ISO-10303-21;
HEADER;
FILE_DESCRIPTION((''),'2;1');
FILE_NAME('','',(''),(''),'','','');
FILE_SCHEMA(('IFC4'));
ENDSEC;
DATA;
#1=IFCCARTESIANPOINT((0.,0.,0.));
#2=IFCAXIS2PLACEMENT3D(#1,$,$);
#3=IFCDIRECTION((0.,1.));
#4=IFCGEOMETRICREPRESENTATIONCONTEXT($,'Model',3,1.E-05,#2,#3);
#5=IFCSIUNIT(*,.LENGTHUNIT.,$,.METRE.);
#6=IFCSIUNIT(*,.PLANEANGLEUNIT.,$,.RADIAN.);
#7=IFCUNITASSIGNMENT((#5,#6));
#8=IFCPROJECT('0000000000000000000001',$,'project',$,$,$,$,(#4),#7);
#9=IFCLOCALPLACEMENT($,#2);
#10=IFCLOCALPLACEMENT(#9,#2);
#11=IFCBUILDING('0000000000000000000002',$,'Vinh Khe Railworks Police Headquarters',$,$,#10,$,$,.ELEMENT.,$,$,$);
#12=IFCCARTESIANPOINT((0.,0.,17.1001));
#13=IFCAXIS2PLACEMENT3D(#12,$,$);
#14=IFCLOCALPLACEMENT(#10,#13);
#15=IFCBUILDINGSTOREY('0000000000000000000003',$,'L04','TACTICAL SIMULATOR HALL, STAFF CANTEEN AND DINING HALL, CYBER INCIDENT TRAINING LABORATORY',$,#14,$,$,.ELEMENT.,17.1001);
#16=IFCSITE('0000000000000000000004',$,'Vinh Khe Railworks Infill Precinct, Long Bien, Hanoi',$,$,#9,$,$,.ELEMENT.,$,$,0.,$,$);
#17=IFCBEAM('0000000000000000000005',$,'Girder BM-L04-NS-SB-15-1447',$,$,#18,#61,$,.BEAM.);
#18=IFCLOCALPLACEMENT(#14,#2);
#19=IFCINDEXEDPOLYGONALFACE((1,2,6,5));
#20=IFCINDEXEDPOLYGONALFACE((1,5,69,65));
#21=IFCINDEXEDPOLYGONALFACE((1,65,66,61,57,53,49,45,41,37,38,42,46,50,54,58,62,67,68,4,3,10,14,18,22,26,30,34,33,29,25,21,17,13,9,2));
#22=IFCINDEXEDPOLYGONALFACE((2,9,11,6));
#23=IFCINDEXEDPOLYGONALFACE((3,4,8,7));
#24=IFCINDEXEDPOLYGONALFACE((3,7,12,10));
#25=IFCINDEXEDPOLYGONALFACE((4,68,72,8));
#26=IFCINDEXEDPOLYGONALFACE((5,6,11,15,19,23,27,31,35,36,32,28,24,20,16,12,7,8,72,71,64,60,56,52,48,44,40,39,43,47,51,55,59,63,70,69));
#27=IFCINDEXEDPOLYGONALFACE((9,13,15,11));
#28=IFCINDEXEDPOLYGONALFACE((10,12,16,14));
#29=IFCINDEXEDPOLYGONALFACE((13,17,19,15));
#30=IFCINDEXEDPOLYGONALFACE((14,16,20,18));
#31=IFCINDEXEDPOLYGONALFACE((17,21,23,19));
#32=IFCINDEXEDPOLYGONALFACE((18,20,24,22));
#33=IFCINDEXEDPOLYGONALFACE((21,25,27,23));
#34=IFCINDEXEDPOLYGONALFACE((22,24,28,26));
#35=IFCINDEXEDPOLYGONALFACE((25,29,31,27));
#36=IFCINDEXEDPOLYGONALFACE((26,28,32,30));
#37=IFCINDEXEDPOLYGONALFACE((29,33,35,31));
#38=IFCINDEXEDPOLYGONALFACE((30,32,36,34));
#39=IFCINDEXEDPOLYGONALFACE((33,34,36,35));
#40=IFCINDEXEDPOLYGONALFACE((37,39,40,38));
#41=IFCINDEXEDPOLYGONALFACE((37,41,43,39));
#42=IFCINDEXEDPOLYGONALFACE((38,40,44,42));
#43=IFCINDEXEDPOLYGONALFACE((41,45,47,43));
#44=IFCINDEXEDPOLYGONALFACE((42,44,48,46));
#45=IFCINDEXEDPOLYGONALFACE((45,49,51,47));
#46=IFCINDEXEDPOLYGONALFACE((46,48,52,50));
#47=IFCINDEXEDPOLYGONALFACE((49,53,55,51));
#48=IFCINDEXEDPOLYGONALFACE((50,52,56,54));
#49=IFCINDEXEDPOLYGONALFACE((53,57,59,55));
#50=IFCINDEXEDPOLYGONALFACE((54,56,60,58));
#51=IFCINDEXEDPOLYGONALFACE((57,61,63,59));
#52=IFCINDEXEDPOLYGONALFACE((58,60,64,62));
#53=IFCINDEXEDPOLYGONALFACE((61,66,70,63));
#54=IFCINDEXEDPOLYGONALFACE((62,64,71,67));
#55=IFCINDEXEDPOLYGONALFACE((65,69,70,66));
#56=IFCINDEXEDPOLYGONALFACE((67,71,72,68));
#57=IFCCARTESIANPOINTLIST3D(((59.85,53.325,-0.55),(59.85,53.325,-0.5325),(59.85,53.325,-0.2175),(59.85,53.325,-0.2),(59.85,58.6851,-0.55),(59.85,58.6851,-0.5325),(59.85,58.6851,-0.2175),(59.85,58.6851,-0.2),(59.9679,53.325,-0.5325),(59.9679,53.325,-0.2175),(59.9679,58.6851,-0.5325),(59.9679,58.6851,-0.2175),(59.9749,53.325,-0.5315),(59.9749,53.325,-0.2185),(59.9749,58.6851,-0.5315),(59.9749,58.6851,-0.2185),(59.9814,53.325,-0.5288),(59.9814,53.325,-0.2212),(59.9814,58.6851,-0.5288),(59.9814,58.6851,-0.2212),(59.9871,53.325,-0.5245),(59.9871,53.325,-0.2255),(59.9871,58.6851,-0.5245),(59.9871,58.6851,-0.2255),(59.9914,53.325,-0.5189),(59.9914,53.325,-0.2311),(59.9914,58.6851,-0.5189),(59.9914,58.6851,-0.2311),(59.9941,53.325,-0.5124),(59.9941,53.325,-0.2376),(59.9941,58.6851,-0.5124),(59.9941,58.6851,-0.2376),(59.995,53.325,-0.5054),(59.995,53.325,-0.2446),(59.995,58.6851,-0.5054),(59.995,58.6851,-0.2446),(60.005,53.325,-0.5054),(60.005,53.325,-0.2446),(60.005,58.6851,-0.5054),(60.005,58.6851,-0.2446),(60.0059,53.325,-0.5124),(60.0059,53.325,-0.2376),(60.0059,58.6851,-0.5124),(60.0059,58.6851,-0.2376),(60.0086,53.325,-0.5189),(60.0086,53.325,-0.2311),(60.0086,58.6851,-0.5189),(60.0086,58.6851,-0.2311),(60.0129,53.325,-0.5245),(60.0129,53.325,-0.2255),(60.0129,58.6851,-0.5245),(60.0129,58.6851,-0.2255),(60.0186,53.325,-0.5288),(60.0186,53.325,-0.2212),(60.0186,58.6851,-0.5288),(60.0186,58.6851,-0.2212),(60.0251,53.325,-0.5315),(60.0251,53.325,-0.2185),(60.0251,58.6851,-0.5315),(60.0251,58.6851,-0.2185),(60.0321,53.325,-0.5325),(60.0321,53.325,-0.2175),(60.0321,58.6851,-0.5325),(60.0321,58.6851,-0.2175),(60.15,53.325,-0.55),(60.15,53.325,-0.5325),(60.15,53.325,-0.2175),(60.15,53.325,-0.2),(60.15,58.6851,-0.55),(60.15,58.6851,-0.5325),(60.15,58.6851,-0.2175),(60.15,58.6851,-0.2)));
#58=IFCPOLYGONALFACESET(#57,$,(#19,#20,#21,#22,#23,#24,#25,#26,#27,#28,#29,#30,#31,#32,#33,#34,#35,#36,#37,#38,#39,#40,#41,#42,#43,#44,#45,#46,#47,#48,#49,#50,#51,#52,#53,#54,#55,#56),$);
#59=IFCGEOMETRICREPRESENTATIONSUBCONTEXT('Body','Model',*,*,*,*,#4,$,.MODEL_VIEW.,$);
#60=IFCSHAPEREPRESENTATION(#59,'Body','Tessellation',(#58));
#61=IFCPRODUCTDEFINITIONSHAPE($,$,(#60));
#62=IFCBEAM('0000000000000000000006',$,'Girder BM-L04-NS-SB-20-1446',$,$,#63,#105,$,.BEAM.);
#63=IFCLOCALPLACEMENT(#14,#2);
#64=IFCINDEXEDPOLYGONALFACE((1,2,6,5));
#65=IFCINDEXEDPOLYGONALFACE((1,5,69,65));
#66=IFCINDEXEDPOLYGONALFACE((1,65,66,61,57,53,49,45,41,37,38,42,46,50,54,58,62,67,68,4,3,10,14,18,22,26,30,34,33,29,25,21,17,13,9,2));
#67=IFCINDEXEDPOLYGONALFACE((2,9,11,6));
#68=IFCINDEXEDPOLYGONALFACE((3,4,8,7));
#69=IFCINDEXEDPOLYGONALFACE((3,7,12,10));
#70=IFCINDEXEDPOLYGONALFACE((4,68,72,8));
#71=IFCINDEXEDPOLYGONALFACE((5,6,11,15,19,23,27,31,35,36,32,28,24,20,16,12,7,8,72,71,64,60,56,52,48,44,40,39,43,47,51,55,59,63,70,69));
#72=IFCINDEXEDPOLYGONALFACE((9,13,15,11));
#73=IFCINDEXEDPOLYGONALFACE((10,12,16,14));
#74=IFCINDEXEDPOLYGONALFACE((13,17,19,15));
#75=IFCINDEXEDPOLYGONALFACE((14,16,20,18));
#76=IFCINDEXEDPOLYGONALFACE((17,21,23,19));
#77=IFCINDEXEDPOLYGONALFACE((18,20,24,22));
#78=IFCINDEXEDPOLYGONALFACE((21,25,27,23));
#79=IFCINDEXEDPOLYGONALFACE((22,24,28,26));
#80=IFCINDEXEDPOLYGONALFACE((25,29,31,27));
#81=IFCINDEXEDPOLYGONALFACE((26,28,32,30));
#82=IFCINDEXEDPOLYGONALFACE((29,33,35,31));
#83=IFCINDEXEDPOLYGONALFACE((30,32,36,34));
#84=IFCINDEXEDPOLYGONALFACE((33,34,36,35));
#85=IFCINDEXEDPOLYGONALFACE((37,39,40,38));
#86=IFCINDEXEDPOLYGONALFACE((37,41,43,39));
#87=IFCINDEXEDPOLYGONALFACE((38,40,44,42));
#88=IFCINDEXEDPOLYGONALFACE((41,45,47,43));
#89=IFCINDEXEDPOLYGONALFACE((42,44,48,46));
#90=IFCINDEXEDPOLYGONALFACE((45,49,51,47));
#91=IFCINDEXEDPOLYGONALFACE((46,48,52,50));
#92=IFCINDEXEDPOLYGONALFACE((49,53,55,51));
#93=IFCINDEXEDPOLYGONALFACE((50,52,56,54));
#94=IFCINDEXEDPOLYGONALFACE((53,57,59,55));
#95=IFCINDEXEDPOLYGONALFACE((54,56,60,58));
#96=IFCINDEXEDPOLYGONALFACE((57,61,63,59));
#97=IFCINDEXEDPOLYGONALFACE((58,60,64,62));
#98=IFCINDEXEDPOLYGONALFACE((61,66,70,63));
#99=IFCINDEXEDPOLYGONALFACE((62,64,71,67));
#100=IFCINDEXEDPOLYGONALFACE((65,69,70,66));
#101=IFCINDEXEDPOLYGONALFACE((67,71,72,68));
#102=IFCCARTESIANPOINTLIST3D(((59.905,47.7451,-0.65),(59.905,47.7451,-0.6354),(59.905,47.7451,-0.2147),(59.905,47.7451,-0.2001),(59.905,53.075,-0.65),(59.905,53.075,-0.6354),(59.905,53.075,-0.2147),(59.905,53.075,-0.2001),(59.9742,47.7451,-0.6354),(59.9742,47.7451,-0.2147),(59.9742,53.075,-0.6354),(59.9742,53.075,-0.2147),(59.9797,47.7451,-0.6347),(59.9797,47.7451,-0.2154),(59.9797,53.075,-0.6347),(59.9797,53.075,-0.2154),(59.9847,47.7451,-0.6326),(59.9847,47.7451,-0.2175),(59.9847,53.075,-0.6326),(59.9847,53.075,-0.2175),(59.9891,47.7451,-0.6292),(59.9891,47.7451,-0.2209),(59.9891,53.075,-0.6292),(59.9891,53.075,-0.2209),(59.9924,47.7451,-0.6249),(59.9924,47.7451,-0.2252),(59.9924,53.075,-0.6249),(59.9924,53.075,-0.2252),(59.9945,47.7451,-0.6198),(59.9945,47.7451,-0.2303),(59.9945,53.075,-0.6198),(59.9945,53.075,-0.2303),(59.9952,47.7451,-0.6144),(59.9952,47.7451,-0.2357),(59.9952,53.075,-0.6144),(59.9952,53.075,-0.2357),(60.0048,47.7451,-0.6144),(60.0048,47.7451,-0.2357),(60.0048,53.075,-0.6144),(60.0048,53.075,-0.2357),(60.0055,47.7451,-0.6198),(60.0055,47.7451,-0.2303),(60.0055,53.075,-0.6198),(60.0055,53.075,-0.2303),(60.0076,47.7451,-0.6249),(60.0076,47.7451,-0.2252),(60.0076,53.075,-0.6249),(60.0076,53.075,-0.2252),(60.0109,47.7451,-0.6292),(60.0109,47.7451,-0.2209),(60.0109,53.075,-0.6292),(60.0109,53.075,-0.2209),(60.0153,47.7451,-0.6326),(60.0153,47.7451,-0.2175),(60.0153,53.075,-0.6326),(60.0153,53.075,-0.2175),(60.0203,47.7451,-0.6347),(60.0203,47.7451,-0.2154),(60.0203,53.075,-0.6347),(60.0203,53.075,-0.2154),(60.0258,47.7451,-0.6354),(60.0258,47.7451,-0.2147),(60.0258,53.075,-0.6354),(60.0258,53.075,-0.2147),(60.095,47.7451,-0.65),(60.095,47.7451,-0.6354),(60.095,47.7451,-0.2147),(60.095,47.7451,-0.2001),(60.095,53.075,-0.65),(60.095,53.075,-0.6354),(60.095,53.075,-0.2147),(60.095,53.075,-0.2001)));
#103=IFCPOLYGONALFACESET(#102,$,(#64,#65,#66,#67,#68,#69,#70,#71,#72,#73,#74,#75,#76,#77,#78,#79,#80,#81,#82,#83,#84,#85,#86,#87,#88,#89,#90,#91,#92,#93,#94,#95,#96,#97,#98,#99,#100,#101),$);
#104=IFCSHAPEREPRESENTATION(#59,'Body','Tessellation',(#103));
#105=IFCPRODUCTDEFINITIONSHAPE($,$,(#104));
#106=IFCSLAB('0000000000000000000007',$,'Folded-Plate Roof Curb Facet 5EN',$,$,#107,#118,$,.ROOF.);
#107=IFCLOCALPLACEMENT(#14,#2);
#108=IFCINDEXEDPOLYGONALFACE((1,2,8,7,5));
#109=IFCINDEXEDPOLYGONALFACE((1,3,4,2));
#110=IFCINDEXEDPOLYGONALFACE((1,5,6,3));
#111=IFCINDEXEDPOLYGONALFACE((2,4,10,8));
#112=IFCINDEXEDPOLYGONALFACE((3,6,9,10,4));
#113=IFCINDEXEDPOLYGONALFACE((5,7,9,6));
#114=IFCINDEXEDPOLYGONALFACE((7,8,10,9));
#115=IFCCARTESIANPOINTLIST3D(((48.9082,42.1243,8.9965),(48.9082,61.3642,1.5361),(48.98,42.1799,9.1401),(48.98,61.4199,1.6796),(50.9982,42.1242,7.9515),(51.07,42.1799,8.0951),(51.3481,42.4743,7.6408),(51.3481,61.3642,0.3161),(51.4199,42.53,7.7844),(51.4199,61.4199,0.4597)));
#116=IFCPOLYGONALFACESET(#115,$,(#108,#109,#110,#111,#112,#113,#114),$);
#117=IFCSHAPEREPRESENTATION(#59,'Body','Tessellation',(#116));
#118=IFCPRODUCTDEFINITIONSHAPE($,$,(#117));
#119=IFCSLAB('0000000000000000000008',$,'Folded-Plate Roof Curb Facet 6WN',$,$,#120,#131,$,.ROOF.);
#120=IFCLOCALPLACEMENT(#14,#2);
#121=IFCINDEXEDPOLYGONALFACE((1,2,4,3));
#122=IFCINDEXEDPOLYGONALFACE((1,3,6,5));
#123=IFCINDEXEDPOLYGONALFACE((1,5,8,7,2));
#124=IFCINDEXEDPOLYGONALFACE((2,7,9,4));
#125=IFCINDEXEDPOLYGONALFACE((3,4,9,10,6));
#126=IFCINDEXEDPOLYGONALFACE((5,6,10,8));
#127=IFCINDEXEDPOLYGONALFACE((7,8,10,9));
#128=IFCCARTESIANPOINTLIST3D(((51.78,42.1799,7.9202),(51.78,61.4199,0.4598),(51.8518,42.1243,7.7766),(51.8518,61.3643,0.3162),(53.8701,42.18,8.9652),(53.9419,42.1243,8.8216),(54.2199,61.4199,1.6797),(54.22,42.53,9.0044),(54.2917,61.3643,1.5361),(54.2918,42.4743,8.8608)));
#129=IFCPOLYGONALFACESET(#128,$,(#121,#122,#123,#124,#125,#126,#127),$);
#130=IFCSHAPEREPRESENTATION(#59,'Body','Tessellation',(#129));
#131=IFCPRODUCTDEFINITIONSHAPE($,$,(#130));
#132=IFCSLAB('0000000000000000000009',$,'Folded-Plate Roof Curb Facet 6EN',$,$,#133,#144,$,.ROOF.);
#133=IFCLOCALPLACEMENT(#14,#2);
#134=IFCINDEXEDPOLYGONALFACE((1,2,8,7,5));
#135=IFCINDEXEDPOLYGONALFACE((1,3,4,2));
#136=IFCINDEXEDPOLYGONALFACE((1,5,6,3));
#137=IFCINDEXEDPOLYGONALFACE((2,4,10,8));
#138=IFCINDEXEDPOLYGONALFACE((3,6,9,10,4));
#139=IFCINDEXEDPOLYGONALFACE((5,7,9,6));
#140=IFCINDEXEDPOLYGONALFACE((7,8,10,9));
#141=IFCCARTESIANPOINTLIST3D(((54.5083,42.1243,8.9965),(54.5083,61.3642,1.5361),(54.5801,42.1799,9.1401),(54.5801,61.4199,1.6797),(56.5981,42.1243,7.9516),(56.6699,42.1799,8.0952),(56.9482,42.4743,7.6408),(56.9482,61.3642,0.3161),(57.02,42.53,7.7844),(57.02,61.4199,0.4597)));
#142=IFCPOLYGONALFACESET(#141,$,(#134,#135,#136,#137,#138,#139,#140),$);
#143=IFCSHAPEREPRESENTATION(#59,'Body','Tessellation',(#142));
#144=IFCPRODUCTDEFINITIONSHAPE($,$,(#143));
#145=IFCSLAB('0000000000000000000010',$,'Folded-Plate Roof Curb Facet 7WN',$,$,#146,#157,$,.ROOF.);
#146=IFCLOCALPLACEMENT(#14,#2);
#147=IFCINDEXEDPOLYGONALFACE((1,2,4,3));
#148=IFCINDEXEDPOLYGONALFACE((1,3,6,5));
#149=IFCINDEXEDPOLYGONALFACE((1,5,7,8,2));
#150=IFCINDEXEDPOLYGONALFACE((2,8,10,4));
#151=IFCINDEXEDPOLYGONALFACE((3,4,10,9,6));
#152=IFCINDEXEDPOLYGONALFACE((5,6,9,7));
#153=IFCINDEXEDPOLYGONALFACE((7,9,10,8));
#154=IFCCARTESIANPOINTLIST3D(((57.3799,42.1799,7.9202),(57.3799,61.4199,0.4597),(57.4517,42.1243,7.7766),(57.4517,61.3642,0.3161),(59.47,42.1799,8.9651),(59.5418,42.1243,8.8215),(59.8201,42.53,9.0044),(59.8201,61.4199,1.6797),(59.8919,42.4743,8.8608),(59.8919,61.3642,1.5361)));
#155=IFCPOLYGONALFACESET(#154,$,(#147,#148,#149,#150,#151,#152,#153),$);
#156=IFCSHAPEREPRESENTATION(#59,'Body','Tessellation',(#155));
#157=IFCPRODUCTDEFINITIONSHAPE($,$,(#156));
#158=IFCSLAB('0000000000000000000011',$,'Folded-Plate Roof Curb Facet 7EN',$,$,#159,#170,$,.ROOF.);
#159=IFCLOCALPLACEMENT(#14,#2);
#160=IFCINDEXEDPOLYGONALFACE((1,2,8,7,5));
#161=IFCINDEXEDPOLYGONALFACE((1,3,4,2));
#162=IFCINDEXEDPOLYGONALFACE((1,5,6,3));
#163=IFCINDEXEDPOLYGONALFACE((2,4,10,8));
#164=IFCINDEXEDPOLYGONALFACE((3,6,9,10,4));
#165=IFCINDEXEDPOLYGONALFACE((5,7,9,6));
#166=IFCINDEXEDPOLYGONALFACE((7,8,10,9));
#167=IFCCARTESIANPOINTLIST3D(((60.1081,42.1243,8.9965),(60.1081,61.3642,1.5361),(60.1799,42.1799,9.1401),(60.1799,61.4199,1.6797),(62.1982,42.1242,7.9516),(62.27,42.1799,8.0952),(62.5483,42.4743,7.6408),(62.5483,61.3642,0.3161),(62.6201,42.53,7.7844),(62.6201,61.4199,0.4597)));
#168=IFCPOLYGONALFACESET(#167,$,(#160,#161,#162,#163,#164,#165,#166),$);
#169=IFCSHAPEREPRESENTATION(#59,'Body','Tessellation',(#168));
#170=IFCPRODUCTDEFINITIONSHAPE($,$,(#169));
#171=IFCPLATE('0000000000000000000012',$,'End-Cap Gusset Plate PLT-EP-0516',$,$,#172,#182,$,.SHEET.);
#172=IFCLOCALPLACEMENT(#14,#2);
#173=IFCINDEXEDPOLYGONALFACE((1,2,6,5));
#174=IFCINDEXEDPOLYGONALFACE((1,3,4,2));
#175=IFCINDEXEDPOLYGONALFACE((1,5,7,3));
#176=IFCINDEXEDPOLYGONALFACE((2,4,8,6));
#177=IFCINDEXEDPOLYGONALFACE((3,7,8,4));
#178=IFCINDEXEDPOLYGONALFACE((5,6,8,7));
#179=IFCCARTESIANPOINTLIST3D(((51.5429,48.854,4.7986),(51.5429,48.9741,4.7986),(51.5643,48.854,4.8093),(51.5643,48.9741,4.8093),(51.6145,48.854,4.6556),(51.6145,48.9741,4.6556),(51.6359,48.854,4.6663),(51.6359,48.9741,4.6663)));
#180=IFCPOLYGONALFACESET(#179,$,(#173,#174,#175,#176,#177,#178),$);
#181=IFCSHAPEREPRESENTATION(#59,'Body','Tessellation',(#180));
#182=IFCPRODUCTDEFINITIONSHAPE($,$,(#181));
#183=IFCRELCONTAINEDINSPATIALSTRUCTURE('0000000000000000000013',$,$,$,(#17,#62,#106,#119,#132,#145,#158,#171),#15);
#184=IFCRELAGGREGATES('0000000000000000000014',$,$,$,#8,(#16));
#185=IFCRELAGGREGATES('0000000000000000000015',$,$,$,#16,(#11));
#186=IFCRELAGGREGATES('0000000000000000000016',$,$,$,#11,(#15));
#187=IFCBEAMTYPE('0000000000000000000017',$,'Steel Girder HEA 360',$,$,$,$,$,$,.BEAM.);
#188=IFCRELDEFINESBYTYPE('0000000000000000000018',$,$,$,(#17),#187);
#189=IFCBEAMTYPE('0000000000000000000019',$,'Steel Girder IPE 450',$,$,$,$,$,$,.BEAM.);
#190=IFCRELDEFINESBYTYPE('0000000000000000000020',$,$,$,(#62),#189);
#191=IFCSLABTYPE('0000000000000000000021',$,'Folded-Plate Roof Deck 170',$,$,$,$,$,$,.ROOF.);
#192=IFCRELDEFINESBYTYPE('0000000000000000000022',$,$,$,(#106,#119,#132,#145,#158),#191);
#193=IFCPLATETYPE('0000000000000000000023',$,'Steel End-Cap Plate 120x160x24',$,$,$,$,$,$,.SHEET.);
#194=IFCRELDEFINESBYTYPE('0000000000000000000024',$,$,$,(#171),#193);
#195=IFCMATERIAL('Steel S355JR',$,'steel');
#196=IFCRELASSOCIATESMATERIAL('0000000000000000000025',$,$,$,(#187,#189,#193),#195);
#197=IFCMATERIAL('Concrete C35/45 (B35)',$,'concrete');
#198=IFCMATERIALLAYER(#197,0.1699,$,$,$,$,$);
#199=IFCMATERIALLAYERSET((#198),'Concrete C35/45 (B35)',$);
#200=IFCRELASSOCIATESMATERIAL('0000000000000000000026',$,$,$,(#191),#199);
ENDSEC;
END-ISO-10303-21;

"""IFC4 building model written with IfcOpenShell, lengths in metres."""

from ifc_helpers import new_model, si_unit, direction, frame, origin, origin_2d, place, context, subcontext, project, spatial, polyline, rectangle, i_section, outline, extrude, material, layer, layer_set, material_profile, profile_set, type_object, element, save


model = new_model("IFC4")

# Units and contexts
model_context = context("Model", 3, precision=1e-05, world=origin(), true_north=direction((0.0, 1.0)))
body_context = subcontext(model_context, "Body", "Model", "MODEL_VIEW")
ifc_project = project(units=[si_unit("LENGTHUNIT", "METRE"), si_unit("PLANEANGLEUNIT", "RADIAN")], contexts=[model_context])

# Site, building, storey
site_placement = place(None, origin())
site = spatial("IfcSite", under=ifc_project, at=site_placement, Name="Vinh Khe Railworks Infill Precinct, Long Bien, Hanoi", CompositionType="ELEMENT", RefElevation=0.0)
building_placement = place(site_placement, origin())
building = spatial("IfcBuilding", under=site, at=building_placement, Name="Vinh Khe Railworks Police Headquarters", CompositionType="ELEMENT")
storey_placement = place(building_placement, frame((0.0, 0.0, 17.1001)))
storey = spatial("IfcBuildingStorey", under=building, at=storey_placement, Name="L04", Description="TACTICAL SIMULATOR HALL, STAFF CANTEEN AND DINING HALL, CYBER INCIDENT TRAINING LABORATORY", CompositionType="ELEMENT", Elevation=17.1001)

# Shared definitions
ifc_material_1 = material(Name="Steel S355JR", Category="steel")

# Beams
ifc_material_profile_1 = material_profile(ifc_material_1, i_section(OverallWidth=0.3, OverallDepth=0.3501, WebThickness=0.01, FlangeThickness=0.0176, FilletRadius=0.0271, at=origin_2d()), Name="HEA 360")
ifc_profile_set_1 = profile_set([ifc_material_profile_1], Name="Steel S355JR")
beam_type_1 = type_object("IfcBeamType", Name="Steel Girder HEA 360", PredefinedType="BEAM", material=ifc_profile_set_1)
beam_1_placement = place(storey_placement, frame((60.0, 53.325, -0.375), z_axis=(0.0, 1.0, 0.0), x_axis=(-1.0, 0.0, 0.0)))
element("IfcBeam", 1, at=beam_1_placement, inside=storey, type_object=beam_type_1, Name="Girder BM-L04-NS-SB-15-1447", PredefinedType="BEAM", context=body_context, shape_type="SweptSolid", body=[
    extrude(i_section(OverallWidth=0.3, OverallDepth=0.3501, WebThickness=0.01, FlangeThickness=0.0176, FilletRadius=0.0271, at=origin_2d()), origin(), (0.0, 0.0, 1.0), 5.3601),
])
ifc_material_profile_2 = material_profile(ifc_material_1, i_section(OverallWidth=0.1899, OverallDepth=0.45, WebThickness=0.0095, FlangeThickness=0.0146, FilletRadius=0.021, at=origin_2d()), Name="IPE 450")
ifc_profile_set_2 = profile_set([ifc_material_profile_2], Name="Steel S355JR")
beam_type_2 = type_object("IfcBeamType", Name="Steel Girder IPE 450", PredefinedType="BEAM", material=ifc_profile_set_2)
beam_2_placement = place(storey_placement, frame((60.0, 47.7451, -0.425), z_axis=(0.0, 1.0, 0.0), x_axis=(-1.0, 0.0, 0.0)))
element("IfcBeam", 2, at=beam_2_placement, inside=storey, type_object=beam_type_2, Name="Girder BM-L04-NS-SB-20-1446", PredefinedType="BEAM", context=body_context, shape_type="SweptSolid", body=[
    extrude(i_section(OverallWidth=0.1899, OverallDepth=0.45, WebThickness=0.0095, FlangeThickness=0.0146, FilletRadius=0.021, at=origin_2d()), origin(), (0.0, 0.0, 1.0), 5.3298),
])

# Slabs
ifc_material_2 = material(Name="Concrete C35/45 (B35)", Category="concrete")
ifc_layer = layer(ifc_material_2, 0.1699)
ifc_layer_set = layer_set([ifc_layer], Name="Concrete C35/45 (B35)")
slab_type = type_object("IfcSlabType", Name="Folded-Plate Roof Deck 170", PredefinedType="ROOF", material=ifc_layer_set)
slab_1_placement = place(storey_placement, frame((48.98, 42.1799, 9.1401), z_axis=(0.422521, 0.327676, 0.845047), x_axis=(0.89443, -0.000014, -0.447207)))
element("IfcSlab", 3, at=slab_1_placement, inside=storey, type_object=slab_type, Name="Folded-Plate Roof Curb Facet 5EN", PredefinedType="ROOF", context=body_context, shape_type="SweptSolid", body=[
    extrude(outline(polyline([(0.0, 0.0), (2.3367, 0.0), (2.7886, 0.3706), (6.064, 20.3644), (3.3361, 20.3643), (0.0, 0.0)])), origin(), (0.0, 0.0, -1.0), 0.1699),
])
slab_2_placement = place(storey_placement, frame((51.78, 42.1799, 7.9202), z_axis=(-0.422525, 0.327671, 0.845047), x_axis=(0.894429, 0.000015, 0.44721)))
element("IfcSlab", 4, at=slab_2_placement, inside=storey, type_object=slab_type, Name="Folded-Plate Roof Curb Facet 6WN", PredefinedType="ROOF", context=body_context, shape_type="SweptSolid", body=[
    extrude(outline(polyline([(0.0, 0.0), (2.3367, 0.0), (2.6672, 0.3705), (-0.6082, 20.3643), (-3.3361, 20.3643), (0.0, 0.0)])), origin(), (0.0, 0.0, -1.0), 0.1699),
])
slab_3_placement = place(storey_placement, frame((54.5801, 42.1799, 9.1401), z_axis=(0.422522, 0.327673, 0.845048), x_axis=(0.894428, 0.000001, -0.447212)))
element("IfcSlab", 5, at=slab_3_placement, inside=storey, type_object=slab_type, Name="Folded-Plate Roof Curb Facet 6EN", PredefinedType="ROOF", context=body_context, shape_type="SweptSolid", body=[
    extrude(outline(polyline([(0.0, 0.0), (2.3365, 0.0), (2.7886, 0.3706), (6.0644, 20.3643), (3.3364, 20.3643), (0.0, 0.0)])), origin(), (0.0, 0.0, -1.0), 0.1699),
])
slab_4_placement = place(storey_placement, frame((57.3799, 42.1799, 7.9202), z_axis=(-0.42249, 0.327678, 0.845061), x_axis=(0.894445, 0.000003, 0.447179)))
element("IfcSlab", 6, at=slab_4_placement, inside=storey, type_object=slab_type, Name="Folded-Plate Roof Curb Facet 7WN", PredefinedType="ROOF", context=body_context, shape_type="SweptSolid", body=[
    extrude(outline(polyline([(0.0, 0.0), (2.3367, 0.0), (2.6675, 0.3705), (-0.6079, 20.3643), (-3.3361, 20.3643), (0.0, 0.0)])), origin(), (0.0, 0.0, -1.0), 0.1699),
])
slab_5_placement = place(storey_placement, frame((60.1799, 42.1799, 9.1401), z_axis=(0.422487, 0.32768, 0.845063), x_axis=(0.894446, -0.000002, -0.447176)))
element("IfcSlab", 7, at=slab_5_placement, inside=storey, type_object=slab_type, Name="Folded-Plate Roof Curb Facet 7EN", PredefinedType="ROOF", context=body_context, shape_type="SweptSolid", body=[
    extrude(outline(polyline([(0.0, 0.0), (2.3367, 0.0), (2.7889, 0.3706), (6.0643, 20.3643), (3.3361, 20.3643), (0.0, 0.0)])), origin(), (0.0, 0.0, -1.0), 0.1699),
])

# Plate
ifc_material_profile_3 = material_profile(ifc_material_1, rectangle(XDim=0.1201, YDim=0.1599, at=origin_2d()), Name="PL 120x160")
ifc_profile_set_3 = profile_set([ifc_material_profile_3], Name="Steel S355JR")
plate_type_1 = type_object("IfcPlateType", Name="Steel End-Cap Plate 120x160x24", PredefinedType="SHEET", material=ifc_profile_set_3)
for number, where, z_axis, x_axis, name in (
    (8, (51.6001, 48.9141, 4.7378), (-0.894427, 0.0, -0.447214), (0.0, -1.0, 0.0), "End-Cap Gusset Plate PLT-EP-0516"),
):
    element("IfcPlate", number, at=place(storey_placement, frame(where, z_axis=z_axis, x_axis=x_axis)), inside=storey, type_object=plate_type_1, Name=name, PredefinedType="SHEET", context=body_context, shape_type="SweptSolid", body=[
        extrude(rectangle(XDim=0.1201, YDim=0.1599, at=origin_2d()), origin(), (0.0, 0.0, 1.0), 0.0239),
    ])

save(model, "model.ifc")
